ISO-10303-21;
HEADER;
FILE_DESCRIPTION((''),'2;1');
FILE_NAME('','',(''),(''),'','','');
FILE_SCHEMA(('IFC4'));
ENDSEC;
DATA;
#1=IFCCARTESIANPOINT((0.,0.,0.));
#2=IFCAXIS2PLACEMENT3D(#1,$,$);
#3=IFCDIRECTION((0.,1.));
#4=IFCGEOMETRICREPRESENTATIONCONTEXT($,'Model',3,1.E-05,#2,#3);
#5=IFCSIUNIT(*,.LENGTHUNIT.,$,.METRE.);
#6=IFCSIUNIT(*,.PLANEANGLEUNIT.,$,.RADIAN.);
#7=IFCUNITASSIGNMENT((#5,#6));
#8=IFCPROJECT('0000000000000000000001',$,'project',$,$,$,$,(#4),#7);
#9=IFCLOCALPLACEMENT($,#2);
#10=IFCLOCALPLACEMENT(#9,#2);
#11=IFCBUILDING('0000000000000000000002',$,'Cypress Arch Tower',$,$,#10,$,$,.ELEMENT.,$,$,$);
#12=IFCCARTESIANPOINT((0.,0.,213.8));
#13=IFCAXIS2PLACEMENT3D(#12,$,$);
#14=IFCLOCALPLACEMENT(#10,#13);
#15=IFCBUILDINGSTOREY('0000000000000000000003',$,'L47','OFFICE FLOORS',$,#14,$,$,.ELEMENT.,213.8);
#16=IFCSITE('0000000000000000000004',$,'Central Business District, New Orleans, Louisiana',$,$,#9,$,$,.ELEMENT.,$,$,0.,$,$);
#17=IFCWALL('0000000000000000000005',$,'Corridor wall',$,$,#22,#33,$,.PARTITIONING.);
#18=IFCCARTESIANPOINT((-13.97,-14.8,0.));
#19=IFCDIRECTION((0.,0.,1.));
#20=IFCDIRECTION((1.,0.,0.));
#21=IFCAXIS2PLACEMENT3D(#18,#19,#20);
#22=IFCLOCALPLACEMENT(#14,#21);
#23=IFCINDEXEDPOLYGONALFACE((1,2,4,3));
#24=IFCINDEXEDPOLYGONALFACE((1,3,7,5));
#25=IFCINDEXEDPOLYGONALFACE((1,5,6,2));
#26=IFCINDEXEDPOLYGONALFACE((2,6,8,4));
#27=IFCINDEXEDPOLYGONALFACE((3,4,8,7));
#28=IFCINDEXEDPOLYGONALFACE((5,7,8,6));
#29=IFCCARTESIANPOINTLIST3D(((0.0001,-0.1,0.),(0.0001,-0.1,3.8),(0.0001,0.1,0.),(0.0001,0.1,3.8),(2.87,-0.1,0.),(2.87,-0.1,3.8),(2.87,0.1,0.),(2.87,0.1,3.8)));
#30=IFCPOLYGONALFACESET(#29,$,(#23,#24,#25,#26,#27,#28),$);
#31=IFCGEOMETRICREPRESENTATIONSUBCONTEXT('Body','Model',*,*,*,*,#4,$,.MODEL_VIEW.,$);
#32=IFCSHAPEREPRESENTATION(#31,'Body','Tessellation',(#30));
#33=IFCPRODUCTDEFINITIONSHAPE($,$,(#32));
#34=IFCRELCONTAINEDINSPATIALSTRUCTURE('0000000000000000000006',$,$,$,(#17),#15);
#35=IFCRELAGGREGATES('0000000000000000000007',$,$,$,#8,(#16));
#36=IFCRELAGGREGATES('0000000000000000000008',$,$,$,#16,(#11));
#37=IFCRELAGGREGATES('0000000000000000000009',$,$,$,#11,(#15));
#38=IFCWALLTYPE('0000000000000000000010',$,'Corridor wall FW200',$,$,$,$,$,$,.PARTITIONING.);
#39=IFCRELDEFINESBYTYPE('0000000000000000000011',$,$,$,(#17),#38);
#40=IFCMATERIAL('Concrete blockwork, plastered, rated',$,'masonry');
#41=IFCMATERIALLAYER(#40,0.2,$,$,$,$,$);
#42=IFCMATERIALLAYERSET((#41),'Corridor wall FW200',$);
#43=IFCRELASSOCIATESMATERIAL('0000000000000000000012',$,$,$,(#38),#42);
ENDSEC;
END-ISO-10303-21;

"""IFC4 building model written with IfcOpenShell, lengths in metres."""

from ifc_helpers import new_model, si_unit, direction, frame, frame_2d, origin, place, context, subcontext, project, spatial, rectangle, extrude, material, layer, layer_set, type_object, element, save


model = new_model("IFC4")

# Units and contexts
model_context = context("Model", 3, precision=1e-05, world=origin(), true_north=direction((0.0, 1.0)))
body_context = subcontext(model_context, "Body", "Model", "MODEL_VIEW")
ifc_project = project(units=[si_unit("LENGTHUNIT", "METRE"), si_unit("PLANEANGLEUNIT", "RADIAN")], contexts=[model_context])

# Site, building, storey
site_placement = place(None, origin())
site = spatial("IfcSite", under=ifc_project, at=site_placement, Name="Central Business District, New Orleans, Louisiana", CompositionType="ELEMENT", RefElevation=0.0)
building_placement = place(site_placement, origin())
building = spatial("IfcBuilding", under=site, at=building_placement, Name="Cypress Arch Tower", CompositionType="ELEMENT")
storey_placement = place(building_placement, frame((0.0, 0.0, 213.8)))
storey = spatial("IfcBuildingStorey", under=building, at=storey_placement, Name="L47", Description="OFFICE FLOORS", CompositionType="ELEMENT", Elevation=213.8)

# Wall
ifc_material_1 = material(Name="Concrete blockwork, plastered, rated", Category="masonry")
ifc_layer_1 = layer(ifc_material_1, 0.2)
ifc_layer_set_1 = layer_set([ifc_layer_1], Name="Corridor wall FW200")
wall_type_1 = type_object("IfcWallType", Name="Corridor wall FW200", PredefinedType="PARTITIONING", material=ifc_layer_set_1)
wall_1_placement = place(storey_placement, frame((-13.97, -14.8, 0.0), z_axis=(0.0, 0.0, 1.0), x_axis=(1.0, 0.0, 0.0)))
element("IfcWall", 1, at=wall_1_placement, inside=storey, type_object=wall_type_1, Name="Corridor wall", PredefinedType="PARTITIONING", context=body_context, shape_type="SweptSolid", body=[
    extrude(rectangle(XDim=2.8699, YDim=0.2, at=frame_2d((1.4351, 0.0))), origin(), (0.0, 0.0, 1.0), 3.8),
])

save(model, "model.ifc")
